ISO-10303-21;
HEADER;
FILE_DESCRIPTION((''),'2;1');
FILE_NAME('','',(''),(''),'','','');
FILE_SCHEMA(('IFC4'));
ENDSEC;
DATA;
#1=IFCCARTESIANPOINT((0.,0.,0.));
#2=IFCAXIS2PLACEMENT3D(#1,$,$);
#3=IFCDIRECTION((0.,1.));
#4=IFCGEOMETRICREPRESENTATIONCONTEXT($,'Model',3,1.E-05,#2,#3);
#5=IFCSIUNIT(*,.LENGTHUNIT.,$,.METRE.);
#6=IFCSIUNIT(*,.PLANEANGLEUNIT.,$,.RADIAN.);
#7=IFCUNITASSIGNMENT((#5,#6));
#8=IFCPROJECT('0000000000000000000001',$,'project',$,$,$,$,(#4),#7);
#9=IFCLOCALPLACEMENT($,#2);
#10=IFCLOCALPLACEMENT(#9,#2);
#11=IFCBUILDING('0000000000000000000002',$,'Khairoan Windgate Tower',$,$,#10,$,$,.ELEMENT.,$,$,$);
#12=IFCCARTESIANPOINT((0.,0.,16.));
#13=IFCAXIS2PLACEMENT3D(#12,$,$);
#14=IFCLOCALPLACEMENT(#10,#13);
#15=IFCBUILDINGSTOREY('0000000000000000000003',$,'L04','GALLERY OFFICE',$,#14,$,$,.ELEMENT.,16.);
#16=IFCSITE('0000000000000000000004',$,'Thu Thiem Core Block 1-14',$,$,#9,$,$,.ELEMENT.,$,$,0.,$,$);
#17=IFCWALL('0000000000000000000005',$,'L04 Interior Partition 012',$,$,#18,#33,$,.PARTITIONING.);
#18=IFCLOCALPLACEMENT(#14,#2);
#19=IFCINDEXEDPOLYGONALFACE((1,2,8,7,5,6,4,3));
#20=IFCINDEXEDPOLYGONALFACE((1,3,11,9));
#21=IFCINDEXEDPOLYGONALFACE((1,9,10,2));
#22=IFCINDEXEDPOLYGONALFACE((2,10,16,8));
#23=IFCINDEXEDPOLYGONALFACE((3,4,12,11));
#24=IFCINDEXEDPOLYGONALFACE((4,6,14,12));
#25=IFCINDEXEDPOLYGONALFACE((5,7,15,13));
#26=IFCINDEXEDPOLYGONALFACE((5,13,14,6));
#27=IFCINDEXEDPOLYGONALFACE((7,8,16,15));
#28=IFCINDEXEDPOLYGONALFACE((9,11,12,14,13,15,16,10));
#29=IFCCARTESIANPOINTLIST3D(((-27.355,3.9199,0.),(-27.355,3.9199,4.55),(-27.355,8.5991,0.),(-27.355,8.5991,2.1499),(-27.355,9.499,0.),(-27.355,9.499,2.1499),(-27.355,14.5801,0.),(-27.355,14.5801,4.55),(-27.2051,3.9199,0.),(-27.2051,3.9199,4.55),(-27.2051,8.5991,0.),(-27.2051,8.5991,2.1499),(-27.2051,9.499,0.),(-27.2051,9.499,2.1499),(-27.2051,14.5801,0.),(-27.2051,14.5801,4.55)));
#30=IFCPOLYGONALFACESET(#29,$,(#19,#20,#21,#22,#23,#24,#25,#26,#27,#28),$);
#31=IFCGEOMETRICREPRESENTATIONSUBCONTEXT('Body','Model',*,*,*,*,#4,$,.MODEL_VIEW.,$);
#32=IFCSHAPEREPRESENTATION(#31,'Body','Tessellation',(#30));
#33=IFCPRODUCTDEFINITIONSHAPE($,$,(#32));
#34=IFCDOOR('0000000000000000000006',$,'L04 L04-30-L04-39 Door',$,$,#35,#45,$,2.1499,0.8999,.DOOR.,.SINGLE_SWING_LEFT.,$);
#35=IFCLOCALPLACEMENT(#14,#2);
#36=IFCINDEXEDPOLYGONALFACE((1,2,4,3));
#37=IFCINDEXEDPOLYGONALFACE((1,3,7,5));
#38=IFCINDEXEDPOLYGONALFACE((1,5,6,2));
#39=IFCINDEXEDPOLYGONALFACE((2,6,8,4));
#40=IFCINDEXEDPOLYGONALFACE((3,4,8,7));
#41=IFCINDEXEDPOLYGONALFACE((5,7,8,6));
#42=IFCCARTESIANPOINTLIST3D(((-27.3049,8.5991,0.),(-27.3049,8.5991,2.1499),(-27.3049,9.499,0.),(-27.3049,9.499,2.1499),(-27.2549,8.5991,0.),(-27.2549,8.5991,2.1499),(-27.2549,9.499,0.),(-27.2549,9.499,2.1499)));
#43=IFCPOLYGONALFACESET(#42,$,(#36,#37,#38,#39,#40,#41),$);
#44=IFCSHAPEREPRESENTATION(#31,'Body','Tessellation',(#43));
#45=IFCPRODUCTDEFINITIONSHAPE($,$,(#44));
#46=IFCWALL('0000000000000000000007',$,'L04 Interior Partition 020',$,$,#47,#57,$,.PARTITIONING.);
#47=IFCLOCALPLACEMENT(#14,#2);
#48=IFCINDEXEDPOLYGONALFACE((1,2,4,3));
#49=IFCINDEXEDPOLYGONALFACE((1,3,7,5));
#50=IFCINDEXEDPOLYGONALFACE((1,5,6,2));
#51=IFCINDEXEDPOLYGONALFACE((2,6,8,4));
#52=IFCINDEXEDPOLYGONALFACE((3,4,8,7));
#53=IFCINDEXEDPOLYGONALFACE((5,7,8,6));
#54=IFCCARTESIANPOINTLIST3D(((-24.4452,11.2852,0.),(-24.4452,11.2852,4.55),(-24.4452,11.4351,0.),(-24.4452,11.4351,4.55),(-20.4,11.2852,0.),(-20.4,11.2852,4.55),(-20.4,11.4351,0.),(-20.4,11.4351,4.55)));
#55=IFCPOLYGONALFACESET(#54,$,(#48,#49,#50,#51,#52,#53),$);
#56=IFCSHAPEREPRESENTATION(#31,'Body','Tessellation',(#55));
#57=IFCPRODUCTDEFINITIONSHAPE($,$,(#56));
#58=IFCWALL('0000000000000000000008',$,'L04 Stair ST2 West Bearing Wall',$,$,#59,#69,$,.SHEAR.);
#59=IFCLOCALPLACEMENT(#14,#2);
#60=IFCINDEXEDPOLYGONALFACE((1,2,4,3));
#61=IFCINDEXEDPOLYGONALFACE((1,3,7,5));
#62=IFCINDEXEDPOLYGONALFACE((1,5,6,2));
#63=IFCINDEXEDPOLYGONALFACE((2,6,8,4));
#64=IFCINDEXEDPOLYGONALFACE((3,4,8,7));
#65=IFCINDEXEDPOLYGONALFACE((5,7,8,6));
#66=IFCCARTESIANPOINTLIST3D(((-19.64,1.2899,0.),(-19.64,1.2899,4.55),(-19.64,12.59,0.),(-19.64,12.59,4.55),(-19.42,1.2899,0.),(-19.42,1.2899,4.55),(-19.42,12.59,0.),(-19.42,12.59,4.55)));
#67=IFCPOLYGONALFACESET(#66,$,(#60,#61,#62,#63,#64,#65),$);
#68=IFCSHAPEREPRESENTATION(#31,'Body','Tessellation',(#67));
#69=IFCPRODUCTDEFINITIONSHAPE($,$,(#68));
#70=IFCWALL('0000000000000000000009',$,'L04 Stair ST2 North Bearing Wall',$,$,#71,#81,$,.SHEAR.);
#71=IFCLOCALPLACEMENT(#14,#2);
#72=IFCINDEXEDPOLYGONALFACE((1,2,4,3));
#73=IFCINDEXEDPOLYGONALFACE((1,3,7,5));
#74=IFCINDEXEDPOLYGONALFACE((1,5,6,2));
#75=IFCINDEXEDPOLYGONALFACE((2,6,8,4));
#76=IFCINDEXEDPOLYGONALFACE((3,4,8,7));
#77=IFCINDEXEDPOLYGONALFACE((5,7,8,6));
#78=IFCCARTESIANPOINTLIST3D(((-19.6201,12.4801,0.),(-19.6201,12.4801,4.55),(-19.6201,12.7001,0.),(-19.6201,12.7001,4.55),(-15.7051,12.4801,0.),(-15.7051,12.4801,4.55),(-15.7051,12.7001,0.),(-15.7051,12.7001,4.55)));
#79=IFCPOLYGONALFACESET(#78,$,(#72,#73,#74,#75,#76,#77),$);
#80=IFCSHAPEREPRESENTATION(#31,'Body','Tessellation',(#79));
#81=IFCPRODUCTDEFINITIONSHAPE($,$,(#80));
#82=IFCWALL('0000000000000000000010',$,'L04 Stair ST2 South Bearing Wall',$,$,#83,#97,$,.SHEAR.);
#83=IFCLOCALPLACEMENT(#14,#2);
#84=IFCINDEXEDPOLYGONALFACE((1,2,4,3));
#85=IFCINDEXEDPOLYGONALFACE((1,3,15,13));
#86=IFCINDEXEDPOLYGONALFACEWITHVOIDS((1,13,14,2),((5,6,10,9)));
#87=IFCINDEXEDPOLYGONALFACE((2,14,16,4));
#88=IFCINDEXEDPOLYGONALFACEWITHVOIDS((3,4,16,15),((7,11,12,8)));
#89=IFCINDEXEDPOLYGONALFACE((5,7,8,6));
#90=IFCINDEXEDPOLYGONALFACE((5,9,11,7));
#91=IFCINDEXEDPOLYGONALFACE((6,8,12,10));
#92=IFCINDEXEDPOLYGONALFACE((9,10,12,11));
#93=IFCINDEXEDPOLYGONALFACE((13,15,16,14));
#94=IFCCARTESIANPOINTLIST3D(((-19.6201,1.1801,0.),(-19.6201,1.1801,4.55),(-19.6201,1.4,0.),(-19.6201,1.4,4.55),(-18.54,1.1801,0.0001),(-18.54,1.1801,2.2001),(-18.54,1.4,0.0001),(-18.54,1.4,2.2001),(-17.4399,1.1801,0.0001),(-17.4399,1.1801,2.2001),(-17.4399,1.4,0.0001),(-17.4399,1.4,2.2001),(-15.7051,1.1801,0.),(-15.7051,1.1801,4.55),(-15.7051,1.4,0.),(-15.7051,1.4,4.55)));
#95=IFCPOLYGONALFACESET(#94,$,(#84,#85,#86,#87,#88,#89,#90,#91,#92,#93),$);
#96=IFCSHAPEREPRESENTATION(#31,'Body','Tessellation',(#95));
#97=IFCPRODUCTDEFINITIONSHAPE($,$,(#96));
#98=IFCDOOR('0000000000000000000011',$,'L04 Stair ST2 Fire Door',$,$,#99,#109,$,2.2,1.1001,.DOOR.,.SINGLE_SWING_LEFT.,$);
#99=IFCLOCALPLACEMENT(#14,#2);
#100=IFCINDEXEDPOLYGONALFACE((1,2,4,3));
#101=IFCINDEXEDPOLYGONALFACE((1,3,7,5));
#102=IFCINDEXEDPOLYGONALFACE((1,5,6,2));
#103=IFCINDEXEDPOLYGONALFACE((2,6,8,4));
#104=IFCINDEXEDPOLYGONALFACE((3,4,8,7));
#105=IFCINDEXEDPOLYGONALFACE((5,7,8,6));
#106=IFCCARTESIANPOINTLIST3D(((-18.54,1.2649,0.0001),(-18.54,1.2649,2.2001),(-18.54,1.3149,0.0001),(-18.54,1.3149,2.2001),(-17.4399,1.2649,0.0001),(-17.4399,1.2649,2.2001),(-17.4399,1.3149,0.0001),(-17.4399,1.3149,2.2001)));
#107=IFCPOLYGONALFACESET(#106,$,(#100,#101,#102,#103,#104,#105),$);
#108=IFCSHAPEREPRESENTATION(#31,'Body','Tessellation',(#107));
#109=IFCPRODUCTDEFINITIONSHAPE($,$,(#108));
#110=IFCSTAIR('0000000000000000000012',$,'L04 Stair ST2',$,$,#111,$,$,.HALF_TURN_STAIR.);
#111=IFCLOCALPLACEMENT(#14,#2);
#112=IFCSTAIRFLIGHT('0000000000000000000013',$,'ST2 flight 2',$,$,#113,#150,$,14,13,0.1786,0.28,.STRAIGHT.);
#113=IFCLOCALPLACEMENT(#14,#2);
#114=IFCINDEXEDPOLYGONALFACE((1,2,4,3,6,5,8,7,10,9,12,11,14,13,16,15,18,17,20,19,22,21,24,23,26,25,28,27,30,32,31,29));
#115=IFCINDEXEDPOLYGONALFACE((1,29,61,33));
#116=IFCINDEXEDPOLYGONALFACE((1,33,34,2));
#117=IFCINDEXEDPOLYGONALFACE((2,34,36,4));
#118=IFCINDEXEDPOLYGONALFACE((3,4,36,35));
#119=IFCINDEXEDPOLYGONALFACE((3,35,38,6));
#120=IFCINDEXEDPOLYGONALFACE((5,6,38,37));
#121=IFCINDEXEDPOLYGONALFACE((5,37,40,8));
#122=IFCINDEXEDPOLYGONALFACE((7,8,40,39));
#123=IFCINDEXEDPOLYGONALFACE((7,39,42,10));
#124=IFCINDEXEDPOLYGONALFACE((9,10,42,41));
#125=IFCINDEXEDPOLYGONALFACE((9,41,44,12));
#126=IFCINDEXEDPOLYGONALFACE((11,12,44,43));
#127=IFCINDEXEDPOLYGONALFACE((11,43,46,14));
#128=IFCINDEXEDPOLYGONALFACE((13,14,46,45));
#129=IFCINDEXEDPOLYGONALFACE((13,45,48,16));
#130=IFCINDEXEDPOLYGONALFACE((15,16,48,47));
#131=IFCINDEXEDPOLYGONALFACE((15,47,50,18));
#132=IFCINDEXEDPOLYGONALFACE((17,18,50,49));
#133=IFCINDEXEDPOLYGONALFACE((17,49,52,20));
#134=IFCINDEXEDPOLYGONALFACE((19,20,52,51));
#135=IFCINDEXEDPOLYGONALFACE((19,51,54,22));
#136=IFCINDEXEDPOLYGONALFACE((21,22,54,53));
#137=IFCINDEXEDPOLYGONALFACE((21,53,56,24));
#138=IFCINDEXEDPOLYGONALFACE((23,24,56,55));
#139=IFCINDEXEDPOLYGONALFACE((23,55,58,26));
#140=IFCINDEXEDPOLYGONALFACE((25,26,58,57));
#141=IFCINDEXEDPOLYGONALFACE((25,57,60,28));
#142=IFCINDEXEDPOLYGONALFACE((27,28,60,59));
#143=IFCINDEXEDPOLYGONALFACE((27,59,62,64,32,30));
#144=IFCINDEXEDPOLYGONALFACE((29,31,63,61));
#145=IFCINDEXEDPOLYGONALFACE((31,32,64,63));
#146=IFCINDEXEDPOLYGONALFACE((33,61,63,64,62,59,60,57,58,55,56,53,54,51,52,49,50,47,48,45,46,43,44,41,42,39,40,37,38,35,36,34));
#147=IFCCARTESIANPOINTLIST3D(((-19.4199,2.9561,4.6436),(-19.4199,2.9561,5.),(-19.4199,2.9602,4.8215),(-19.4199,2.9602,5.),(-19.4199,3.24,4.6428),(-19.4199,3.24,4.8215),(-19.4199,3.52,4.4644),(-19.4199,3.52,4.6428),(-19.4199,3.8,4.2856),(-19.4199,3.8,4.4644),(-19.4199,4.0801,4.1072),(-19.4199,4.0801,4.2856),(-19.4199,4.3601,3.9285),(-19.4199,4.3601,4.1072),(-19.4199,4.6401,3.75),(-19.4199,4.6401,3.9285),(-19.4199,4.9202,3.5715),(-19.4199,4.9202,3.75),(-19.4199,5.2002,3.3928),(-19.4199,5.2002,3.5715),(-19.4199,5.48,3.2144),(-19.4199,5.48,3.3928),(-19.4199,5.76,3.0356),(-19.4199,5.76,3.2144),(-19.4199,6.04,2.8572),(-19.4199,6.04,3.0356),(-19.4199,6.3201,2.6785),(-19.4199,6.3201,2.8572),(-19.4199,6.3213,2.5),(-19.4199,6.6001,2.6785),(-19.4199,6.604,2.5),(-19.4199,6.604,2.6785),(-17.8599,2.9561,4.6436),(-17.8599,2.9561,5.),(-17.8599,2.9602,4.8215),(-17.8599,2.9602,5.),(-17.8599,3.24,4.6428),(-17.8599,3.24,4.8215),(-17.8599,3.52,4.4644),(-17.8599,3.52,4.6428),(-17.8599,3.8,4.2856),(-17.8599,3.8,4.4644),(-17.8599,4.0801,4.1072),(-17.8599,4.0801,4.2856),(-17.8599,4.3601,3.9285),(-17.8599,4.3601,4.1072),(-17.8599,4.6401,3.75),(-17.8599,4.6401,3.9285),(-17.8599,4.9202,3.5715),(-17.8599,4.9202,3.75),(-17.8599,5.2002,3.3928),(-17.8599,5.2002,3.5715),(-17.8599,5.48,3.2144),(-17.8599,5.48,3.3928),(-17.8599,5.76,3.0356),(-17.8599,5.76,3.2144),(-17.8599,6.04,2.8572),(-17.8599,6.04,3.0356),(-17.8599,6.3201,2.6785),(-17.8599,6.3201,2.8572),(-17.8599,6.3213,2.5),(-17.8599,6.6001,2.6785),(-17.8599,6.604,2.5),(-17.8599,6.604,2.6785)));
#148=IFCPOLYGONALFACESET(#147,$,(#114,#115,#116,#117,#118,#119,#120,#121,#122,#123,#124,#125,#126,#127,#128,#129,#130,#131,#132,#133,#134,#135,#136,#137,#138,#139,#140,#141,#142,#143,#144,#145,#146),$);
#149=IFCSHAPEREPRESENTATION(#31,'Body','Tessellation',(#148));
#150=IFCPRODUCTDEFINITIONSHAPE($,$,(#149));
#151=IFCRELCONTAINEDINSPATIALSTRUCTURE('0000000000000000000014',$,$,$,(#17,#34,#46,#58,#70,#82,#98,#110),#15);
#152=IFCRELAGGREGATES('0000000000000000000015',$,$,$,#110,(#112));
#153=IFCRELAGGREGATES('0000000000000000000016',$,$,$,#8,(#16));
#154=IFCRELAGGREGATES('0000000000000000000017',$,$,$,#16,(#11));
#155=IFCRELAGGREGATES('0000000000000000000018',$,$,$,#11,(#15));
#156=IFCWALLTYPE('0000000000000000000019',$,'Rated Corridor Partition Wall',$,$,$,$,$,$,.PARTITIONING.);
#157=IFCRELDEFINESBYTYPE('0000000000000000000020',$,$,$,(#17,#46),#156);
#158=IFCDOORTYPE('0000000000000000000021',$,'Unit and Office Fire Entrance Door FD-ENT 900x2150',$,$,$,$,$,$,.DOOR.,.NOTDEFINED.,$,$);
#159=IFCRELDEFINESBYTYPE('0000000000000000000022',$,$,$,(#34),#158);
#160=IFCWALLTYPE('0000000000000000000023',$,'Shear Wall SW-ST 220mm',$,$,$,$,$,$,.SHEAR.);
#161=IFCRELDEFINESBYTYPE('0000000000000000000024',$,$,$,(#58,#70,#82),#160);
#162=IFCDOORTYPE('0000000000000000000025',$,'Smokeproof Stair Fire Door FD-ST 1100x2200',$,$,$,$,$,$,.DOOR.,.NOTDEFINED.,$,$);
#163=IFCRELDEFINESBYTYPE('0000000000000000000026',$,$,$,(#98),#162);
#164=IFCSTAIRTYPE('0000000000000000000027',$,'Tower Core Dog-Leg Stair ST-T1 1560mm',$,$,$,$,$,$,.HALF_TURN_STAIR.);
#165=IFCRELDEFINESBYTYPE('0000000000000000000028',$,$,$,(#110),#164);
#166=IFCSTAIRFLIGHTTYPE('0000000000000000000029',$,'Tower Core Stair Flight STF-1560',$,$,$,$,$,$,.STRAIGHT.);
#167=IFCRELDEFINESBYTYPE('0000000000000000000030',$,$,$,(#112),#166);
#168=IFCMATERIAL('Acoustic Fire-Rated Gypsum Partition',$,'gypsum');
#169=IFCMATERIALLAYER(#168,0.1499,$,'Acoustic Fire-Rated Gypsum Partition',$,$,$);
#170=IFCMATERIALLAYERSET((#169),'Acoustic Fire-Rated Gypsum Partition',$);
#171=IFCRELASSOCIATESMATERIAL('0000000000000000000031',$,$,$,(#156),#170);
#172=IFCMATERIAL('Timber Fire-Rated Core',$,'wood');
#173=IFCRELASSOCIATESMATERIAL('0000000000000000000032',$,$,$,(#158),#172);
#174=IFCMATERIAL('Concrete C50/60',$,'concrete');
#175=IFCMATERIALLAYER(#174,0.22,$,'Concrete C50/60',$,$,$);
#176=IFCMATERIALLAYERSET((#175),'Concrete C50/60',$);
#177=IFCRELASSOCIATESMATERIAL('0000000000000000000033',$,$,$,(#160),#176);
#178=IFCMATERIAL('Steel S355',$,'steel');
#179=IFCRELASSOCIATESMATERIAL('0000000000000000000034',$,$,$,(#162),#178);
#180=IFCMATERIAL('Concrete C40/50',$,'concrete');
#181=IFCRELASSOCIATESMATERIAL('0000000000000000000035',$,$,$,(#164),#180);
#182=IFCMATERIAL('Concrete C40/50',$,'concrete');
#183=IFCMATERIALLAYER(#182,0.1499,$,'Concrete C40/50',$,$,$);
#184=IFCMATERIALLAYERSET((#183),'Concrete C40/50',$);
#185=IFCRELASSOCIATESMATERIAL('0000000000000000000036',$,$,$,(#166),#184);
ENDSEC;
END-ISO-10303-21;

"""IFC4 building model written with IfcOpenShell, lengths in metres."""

from ifc_helpers import new_model, si_unit, direction, frame, frame_2d, origin, place, context, subcontext, project, spatial, polyline, rectangle, outline, extrude, material, layer, layer_set, type_object, element, fill, aggregate, save


model = new_model("IFC4")

# Units and contexts
model_context = context("Model", 3, precision=1e-05, world=origin(), true_north=direction((0.0, 1.0)))
body_context = subcontext(model_context, "Body", "Model", "MODEL_VIEW")
ifc_project = project(units=[si_unit("LENGTHUNIT", "METRE"), si_unit("PLANEANGLEUNIT", "RADIAN")], contexts=[model_context])

# Site, building, storey
site_placement = place(None, origin())
site = spatial("IfcSite", under=ifc_project, at=site_placement, Name="Thu Thiem Core Block 1-14", CompositionType="ELEMENT", RefElevation=0.0)
building_placement = place(site_placement, origin())
building = spatial("IfcBuilding", under=site, at=building_placement, Name="Khairoan Windgate Tower", CompositionType="ELEMENT")
storey_placement = place(building_placement, frame((0.0, 0.0, 16.0)))
storey = spatial("IfcBuildingStorey", under=building, at=storey_placement, Name="L04", Description="GALLERY OFFICE", CompositionType="ELEMENT", Elevation=16.0)

# Wall, opening, door
ifc_material_1 = material(Name="Acoustic Fire-Rated Gypsum Partition", Category="gypsum")
ifc_layer_1 = layer(ifc_material_1, 0.1499, Name="Acoustic Fire-Rated Gypsum Partition")
ifc_layer_set_1 = layer_set([ifc_layer_1], Name="Acoustic Fire-Rated Gypsum Partition")
wall_type_1 = type_object("IfcWallType", Name="Rated Corridor Partition Wall", PredefinedType="PARTITIONING", material=ifc_layer_set_1)
wall_1_placement = place(storey_placement, frame((-27.28, 3.9199, 0.0), z_axis=(0.0, 0.0, 1.0), x_axis=(0.0, 1.0, 0.0)))
wall_1 = element("IfcWall", 1, at=wall_1_placement, inside=storey, type_object=wall_type_1, Name="L04 Interior Partition 012", PredefinedType="PARTITIONING", context=body_context, shape_type="SweptSolid", body=[
    extrude(rectangle(XDim=10.6602, YDim=0.1499, at=frame_2d((5.3301, 0.0))), origin(), (0.0, 0.0, 1.0), 4.55),
])
opening_1_placement = place(wall_1_placement, frame((4.6792, 0.0, 0.0)))
opening_1 = element("IfcOpeningElement", 2, at=opening_1_placement, cuts=wall_1, PredefinedType="OPENING", context=body_context, shape_type="SweptSolid", body=[
    extrude(rectangle(XDim=0.8999, YDim=2.1499, at=frame_2d((0.45, 1.075))), frame((0.0, 0.085, 0.0), z_axis=(0.0, -1.0, 0.0), x_axis=(1.0, 0.0, 0.0)), (0.0, 0.0, 1.0), 0.1699),
])
ifc_material_2 = material(Name="Timber Fire-Rated Core", Category="wood")
door_type_1 = type_object("IfcDoorType", Name="Unit and Office Fire Entrance Door FD-ENT 900x2150", OperationType="NOTDEFINED", PredefinedType="DOOR", material=ifc_material_2)
door_1_placement = place(opening_1_placement, origin())
door_1 = element("IfcDoor", 3, at=door_1_placement, inside=storey, type_object=door_type_1, Name="L04 L04-30-L04-39 Door", OperationType="SINGLE_SWING_LEFT", OverallHeight=2.1499, OverallWidth=0.8999, PredefinedType="DOOR", context=body_context, shape_type="SweptSolid", body=[
    extrude(rectangle(XDim=0.8999, YDim=2.1499, at=frame_2d((0.45, 1.075))), frame((0.0, 0.0249, 0.0), z_axis=(0.0, -1.0, 0.0), x_axis=(1.0, 0.0, 0.0)), (0.0, 0.0, 1.0), 0.05),
])
fill(opening_1, door_1)

# Walls
wall_2_placement = place(storey_placement, frame((-24.4451, 11.3601, 0.0), z_axis=(0.0, 0.0, 1.0), x_axis=(1.0, 0.0, 0.0)))
element("IfcWall", 4, at=wall_2_placement, inside=storey, type_object=wall_type_1, Name="L04 Interior Partition 020", PredefinedType="PARTITIONING", context=body_context, shape_type="SweptSolid", body=[
    extrude(rectangle(XDim=4.0452, YDim=0.1499, at=frame_2d((2.0225, 0.0))), origin(), (0.0, 0.0, 1.0), 4.55),
])
ifc_material_3 = material(Name="Concrete C50/60", Category="concrete")
ifc_layer_2 = layer(ifc_material_3, 0.22, Name="Concrete C50/60")
ifc_layer_set_2 = layer_set([ifc_layer_2], Name="Concrete C50/60")
wall_type_2 = type_object("IfcWallType", Name="Shear Wall SW-ST 220mm", PredefinedType="SHEAR", material=ifc_layer_set_2)
wall_3_placement = place(storey_placement, frame((-19.53, 1.29, 0.0), z_axis=(0.0, 0.0, 1.0), x_axis=(0.0, 1.0, 0.0)))
element("IfcWall", 5, at=wall_3_placement, inside=storey, type_object=wall_type_2, Name="L04 Stair ST2 West Bearing Wall", PredefinedType="SHEAR", context=body_context, shape_type="SweptSolid", body=[
    extrude(rectangle(XDim=11.3, YDim=0.22, at=frame_2d((5.6499, 0.0))), origin(), (0.0, 0.0, 1.0), 4.55),
])
wall_4_placement = place(storey_placement, frame((-19.6201, 12.5901, 0.0), z_axis=(0.0, 0.0, 1.0), x_axis=(1.0, 0.0, 0.0)))
element("IfcWall", 6, at=wall_4_placement, inside=storey, type_object=wall_type_2, Name="L04 Stair ST2 North Bearing Wall", PredefinedType="SHEAR", context=body_context, shape_type="SweptSolid", body=[
    extrude(rectangle(XDim=3.915, YDim=0.22, at=frame_2d((1.9575, 0.0))), origin(), (0.0, 0.0, 1.0), 4.55),
])

# Wall, opening, door
wall_5_placement = place(storey_placement, frame((-19.6201, 1.29, 0.0), z_axis=(0.0, 0.0, 1.0), x_axis=(1.0, 0.0, 0.0)))
wall_5 = element("IfcWall", 7, at=wall_5_placement, inside=storey, type_object=wall_type_2, Name="L04 Stair ST2 South Bearing Wall", PredefinedType="SHEAR", context=body_context, shape_type="SweptSolid", body=[
    extrude(rectangle(XDim=3.915, YDim=0.22, at=frame_2d((1.9575, 0.0))), origin(), (0.0, 0.0, 1.0), 4.55),
])
opening_2_placement = place(wall_5_placement, frame((1.0801, 0.0, 0.0)))
opening_2 = element("IfcOpeningElement", 8, at=opening_2_placement, cuts=wall_5, PredefinedType="OPENING", context=body_context, shape_type="SweptSolid", body=[
    extrude(rectangle(XDim=1.1001, YDim=2.2, at=frame_2d((0.55, 1.1001))), frame((0.0, 0.1199, 0.0), z_axis=(0.0, -1.0, 0.0), x_axis=(1.0, 0.0, 0.0)), (0.0, 0.0, 1.0), 0.24),
])
ifc_material_4 = material(Name="Steel S355", Category="steel")
door_type_2 = type_object("IfcDoorType", Name="Smokeproof Stair Fire Door FD-ST 1100x2200", OperationType="NOTDEFINED", PredefinedType="DOOR", material=ifc_material_4)
door_2_placement = place(opening_2_placement, origin())
door_2 = element("IfcDoor", 9, at=door_2_placement, inside=storey, type_object=door_type_2, Name="L04 Stair ST2 Fire Door", OperationType="SINGLE_SWING_LEFT", OverallHeight=2.2, OverallWidth=1.1001, PredefinedType="DOOR", context=body_context, shape_type="SweptSolid", body=[
    extrude(rectangle(XDim=1.1001, YDim=2.2, at=frame_2d((0.55, 1.1001))), frame((0.0, 0.0249, 0.0), z_axis=(0.0, -1.0, 0.0), x_axis=(1.0, 0.0, 0.0)), (0.0, 0.0, 1.0), 0.05),
])
fill(opening_2, door_2)

# Stair, stair flight
ifc_material_5 = material(Name="Concrete C40/50", Category="concrete")
stair_type = type_object("IfcStairType", Name="Tower Core Dog-Leg Stair ST-T1 1560mm", PredefinedType="HALF_TURN_STAIR", material=ifc_material_5)
stair_placement = place(storey_placement, origin())
stair = element("IfcStair", 10, at=stair_placement, inside=storey, type_object=stair_type, Name="L04 Stair ST2", PredefinedType="HALF_TURN_STAIR")
ifc_material_6 = material(Name="Concrete C40/50", Category="concrete")
ifc_layer_3 = layer(ifc_material_6, 0.1499, Name="Concrete C40/50")
ifc_layer_set_3 = layer_set([ifc_layer_3], Name="Concrete C40/50")
stair_flight_type = type_object("IfcStairFlightType", Name="Tower Core Stair Flight STF-1560", PredefinedType="STRAIGHT", material=ifc_layer_set_3)
stair_flight_placement = place(storey_placement, frame((-18.6399, 6.6001, 2.5), z_axis=(0.0, 0.0, 1.0), x_axis=(0.0, -1.0, 0.0)))
stair_flight = element("IfcStairFlight", 11, at=stair_flight_placement, type_object=stair_flight_type, Name="ST2 flight 2", NumberOfRisers=14, NumberOfTreads=13, PredefinedType="STRAIGHT", RiserHeight=0.1786, TreadLength=0.28, context=body_context, shape_type="SweptSolid", body=[
    extrude(outline(polyline([(-0.0039, 0.0), (-0.0039, 0.1785), (0.0, 0.1785), (0.28, 0.1785), (0.28, 0.3572), (0.5601, 0.3572), (0.5601, 0.5356), (0.8401, 0.5356), (0.8401, 0.7144), (1.1201, 0.7144), (1.1201, 0.8928), (1.3999, 0.8928), (1.3999, 1.0715), (1.6799, 1.0715), (1.6799, 1.25), (1.96, 1.25), (1.96, 1.4285), (2.24, 1.4285), (2.24, 1.6072), (2.52, 1.6072), (2.52, 1.7856), (2.8, 1.7856), (2.8, 1.9644), (3.0801, 1.9644), (3.0801, 2.1428), (3.3601, 2.1428), (3.3601, 2.3215), (3.6399, 2.3215), (3.6399, 2.5), (3.644, 2.5), (3.644, 2.1436), (0.2788, 0.0), (-0.0039, 0.0)])), frame((0.0, 0.78, 0.0), z_axis=(0.0, -1.0, 0.0), x_axis=(1.0, 0.0, 0.0)), (0.0, 0.0, 1.0), 1.5601),
])
aggregate(stair, [stair_flight])

save(model, "model.ifc")
